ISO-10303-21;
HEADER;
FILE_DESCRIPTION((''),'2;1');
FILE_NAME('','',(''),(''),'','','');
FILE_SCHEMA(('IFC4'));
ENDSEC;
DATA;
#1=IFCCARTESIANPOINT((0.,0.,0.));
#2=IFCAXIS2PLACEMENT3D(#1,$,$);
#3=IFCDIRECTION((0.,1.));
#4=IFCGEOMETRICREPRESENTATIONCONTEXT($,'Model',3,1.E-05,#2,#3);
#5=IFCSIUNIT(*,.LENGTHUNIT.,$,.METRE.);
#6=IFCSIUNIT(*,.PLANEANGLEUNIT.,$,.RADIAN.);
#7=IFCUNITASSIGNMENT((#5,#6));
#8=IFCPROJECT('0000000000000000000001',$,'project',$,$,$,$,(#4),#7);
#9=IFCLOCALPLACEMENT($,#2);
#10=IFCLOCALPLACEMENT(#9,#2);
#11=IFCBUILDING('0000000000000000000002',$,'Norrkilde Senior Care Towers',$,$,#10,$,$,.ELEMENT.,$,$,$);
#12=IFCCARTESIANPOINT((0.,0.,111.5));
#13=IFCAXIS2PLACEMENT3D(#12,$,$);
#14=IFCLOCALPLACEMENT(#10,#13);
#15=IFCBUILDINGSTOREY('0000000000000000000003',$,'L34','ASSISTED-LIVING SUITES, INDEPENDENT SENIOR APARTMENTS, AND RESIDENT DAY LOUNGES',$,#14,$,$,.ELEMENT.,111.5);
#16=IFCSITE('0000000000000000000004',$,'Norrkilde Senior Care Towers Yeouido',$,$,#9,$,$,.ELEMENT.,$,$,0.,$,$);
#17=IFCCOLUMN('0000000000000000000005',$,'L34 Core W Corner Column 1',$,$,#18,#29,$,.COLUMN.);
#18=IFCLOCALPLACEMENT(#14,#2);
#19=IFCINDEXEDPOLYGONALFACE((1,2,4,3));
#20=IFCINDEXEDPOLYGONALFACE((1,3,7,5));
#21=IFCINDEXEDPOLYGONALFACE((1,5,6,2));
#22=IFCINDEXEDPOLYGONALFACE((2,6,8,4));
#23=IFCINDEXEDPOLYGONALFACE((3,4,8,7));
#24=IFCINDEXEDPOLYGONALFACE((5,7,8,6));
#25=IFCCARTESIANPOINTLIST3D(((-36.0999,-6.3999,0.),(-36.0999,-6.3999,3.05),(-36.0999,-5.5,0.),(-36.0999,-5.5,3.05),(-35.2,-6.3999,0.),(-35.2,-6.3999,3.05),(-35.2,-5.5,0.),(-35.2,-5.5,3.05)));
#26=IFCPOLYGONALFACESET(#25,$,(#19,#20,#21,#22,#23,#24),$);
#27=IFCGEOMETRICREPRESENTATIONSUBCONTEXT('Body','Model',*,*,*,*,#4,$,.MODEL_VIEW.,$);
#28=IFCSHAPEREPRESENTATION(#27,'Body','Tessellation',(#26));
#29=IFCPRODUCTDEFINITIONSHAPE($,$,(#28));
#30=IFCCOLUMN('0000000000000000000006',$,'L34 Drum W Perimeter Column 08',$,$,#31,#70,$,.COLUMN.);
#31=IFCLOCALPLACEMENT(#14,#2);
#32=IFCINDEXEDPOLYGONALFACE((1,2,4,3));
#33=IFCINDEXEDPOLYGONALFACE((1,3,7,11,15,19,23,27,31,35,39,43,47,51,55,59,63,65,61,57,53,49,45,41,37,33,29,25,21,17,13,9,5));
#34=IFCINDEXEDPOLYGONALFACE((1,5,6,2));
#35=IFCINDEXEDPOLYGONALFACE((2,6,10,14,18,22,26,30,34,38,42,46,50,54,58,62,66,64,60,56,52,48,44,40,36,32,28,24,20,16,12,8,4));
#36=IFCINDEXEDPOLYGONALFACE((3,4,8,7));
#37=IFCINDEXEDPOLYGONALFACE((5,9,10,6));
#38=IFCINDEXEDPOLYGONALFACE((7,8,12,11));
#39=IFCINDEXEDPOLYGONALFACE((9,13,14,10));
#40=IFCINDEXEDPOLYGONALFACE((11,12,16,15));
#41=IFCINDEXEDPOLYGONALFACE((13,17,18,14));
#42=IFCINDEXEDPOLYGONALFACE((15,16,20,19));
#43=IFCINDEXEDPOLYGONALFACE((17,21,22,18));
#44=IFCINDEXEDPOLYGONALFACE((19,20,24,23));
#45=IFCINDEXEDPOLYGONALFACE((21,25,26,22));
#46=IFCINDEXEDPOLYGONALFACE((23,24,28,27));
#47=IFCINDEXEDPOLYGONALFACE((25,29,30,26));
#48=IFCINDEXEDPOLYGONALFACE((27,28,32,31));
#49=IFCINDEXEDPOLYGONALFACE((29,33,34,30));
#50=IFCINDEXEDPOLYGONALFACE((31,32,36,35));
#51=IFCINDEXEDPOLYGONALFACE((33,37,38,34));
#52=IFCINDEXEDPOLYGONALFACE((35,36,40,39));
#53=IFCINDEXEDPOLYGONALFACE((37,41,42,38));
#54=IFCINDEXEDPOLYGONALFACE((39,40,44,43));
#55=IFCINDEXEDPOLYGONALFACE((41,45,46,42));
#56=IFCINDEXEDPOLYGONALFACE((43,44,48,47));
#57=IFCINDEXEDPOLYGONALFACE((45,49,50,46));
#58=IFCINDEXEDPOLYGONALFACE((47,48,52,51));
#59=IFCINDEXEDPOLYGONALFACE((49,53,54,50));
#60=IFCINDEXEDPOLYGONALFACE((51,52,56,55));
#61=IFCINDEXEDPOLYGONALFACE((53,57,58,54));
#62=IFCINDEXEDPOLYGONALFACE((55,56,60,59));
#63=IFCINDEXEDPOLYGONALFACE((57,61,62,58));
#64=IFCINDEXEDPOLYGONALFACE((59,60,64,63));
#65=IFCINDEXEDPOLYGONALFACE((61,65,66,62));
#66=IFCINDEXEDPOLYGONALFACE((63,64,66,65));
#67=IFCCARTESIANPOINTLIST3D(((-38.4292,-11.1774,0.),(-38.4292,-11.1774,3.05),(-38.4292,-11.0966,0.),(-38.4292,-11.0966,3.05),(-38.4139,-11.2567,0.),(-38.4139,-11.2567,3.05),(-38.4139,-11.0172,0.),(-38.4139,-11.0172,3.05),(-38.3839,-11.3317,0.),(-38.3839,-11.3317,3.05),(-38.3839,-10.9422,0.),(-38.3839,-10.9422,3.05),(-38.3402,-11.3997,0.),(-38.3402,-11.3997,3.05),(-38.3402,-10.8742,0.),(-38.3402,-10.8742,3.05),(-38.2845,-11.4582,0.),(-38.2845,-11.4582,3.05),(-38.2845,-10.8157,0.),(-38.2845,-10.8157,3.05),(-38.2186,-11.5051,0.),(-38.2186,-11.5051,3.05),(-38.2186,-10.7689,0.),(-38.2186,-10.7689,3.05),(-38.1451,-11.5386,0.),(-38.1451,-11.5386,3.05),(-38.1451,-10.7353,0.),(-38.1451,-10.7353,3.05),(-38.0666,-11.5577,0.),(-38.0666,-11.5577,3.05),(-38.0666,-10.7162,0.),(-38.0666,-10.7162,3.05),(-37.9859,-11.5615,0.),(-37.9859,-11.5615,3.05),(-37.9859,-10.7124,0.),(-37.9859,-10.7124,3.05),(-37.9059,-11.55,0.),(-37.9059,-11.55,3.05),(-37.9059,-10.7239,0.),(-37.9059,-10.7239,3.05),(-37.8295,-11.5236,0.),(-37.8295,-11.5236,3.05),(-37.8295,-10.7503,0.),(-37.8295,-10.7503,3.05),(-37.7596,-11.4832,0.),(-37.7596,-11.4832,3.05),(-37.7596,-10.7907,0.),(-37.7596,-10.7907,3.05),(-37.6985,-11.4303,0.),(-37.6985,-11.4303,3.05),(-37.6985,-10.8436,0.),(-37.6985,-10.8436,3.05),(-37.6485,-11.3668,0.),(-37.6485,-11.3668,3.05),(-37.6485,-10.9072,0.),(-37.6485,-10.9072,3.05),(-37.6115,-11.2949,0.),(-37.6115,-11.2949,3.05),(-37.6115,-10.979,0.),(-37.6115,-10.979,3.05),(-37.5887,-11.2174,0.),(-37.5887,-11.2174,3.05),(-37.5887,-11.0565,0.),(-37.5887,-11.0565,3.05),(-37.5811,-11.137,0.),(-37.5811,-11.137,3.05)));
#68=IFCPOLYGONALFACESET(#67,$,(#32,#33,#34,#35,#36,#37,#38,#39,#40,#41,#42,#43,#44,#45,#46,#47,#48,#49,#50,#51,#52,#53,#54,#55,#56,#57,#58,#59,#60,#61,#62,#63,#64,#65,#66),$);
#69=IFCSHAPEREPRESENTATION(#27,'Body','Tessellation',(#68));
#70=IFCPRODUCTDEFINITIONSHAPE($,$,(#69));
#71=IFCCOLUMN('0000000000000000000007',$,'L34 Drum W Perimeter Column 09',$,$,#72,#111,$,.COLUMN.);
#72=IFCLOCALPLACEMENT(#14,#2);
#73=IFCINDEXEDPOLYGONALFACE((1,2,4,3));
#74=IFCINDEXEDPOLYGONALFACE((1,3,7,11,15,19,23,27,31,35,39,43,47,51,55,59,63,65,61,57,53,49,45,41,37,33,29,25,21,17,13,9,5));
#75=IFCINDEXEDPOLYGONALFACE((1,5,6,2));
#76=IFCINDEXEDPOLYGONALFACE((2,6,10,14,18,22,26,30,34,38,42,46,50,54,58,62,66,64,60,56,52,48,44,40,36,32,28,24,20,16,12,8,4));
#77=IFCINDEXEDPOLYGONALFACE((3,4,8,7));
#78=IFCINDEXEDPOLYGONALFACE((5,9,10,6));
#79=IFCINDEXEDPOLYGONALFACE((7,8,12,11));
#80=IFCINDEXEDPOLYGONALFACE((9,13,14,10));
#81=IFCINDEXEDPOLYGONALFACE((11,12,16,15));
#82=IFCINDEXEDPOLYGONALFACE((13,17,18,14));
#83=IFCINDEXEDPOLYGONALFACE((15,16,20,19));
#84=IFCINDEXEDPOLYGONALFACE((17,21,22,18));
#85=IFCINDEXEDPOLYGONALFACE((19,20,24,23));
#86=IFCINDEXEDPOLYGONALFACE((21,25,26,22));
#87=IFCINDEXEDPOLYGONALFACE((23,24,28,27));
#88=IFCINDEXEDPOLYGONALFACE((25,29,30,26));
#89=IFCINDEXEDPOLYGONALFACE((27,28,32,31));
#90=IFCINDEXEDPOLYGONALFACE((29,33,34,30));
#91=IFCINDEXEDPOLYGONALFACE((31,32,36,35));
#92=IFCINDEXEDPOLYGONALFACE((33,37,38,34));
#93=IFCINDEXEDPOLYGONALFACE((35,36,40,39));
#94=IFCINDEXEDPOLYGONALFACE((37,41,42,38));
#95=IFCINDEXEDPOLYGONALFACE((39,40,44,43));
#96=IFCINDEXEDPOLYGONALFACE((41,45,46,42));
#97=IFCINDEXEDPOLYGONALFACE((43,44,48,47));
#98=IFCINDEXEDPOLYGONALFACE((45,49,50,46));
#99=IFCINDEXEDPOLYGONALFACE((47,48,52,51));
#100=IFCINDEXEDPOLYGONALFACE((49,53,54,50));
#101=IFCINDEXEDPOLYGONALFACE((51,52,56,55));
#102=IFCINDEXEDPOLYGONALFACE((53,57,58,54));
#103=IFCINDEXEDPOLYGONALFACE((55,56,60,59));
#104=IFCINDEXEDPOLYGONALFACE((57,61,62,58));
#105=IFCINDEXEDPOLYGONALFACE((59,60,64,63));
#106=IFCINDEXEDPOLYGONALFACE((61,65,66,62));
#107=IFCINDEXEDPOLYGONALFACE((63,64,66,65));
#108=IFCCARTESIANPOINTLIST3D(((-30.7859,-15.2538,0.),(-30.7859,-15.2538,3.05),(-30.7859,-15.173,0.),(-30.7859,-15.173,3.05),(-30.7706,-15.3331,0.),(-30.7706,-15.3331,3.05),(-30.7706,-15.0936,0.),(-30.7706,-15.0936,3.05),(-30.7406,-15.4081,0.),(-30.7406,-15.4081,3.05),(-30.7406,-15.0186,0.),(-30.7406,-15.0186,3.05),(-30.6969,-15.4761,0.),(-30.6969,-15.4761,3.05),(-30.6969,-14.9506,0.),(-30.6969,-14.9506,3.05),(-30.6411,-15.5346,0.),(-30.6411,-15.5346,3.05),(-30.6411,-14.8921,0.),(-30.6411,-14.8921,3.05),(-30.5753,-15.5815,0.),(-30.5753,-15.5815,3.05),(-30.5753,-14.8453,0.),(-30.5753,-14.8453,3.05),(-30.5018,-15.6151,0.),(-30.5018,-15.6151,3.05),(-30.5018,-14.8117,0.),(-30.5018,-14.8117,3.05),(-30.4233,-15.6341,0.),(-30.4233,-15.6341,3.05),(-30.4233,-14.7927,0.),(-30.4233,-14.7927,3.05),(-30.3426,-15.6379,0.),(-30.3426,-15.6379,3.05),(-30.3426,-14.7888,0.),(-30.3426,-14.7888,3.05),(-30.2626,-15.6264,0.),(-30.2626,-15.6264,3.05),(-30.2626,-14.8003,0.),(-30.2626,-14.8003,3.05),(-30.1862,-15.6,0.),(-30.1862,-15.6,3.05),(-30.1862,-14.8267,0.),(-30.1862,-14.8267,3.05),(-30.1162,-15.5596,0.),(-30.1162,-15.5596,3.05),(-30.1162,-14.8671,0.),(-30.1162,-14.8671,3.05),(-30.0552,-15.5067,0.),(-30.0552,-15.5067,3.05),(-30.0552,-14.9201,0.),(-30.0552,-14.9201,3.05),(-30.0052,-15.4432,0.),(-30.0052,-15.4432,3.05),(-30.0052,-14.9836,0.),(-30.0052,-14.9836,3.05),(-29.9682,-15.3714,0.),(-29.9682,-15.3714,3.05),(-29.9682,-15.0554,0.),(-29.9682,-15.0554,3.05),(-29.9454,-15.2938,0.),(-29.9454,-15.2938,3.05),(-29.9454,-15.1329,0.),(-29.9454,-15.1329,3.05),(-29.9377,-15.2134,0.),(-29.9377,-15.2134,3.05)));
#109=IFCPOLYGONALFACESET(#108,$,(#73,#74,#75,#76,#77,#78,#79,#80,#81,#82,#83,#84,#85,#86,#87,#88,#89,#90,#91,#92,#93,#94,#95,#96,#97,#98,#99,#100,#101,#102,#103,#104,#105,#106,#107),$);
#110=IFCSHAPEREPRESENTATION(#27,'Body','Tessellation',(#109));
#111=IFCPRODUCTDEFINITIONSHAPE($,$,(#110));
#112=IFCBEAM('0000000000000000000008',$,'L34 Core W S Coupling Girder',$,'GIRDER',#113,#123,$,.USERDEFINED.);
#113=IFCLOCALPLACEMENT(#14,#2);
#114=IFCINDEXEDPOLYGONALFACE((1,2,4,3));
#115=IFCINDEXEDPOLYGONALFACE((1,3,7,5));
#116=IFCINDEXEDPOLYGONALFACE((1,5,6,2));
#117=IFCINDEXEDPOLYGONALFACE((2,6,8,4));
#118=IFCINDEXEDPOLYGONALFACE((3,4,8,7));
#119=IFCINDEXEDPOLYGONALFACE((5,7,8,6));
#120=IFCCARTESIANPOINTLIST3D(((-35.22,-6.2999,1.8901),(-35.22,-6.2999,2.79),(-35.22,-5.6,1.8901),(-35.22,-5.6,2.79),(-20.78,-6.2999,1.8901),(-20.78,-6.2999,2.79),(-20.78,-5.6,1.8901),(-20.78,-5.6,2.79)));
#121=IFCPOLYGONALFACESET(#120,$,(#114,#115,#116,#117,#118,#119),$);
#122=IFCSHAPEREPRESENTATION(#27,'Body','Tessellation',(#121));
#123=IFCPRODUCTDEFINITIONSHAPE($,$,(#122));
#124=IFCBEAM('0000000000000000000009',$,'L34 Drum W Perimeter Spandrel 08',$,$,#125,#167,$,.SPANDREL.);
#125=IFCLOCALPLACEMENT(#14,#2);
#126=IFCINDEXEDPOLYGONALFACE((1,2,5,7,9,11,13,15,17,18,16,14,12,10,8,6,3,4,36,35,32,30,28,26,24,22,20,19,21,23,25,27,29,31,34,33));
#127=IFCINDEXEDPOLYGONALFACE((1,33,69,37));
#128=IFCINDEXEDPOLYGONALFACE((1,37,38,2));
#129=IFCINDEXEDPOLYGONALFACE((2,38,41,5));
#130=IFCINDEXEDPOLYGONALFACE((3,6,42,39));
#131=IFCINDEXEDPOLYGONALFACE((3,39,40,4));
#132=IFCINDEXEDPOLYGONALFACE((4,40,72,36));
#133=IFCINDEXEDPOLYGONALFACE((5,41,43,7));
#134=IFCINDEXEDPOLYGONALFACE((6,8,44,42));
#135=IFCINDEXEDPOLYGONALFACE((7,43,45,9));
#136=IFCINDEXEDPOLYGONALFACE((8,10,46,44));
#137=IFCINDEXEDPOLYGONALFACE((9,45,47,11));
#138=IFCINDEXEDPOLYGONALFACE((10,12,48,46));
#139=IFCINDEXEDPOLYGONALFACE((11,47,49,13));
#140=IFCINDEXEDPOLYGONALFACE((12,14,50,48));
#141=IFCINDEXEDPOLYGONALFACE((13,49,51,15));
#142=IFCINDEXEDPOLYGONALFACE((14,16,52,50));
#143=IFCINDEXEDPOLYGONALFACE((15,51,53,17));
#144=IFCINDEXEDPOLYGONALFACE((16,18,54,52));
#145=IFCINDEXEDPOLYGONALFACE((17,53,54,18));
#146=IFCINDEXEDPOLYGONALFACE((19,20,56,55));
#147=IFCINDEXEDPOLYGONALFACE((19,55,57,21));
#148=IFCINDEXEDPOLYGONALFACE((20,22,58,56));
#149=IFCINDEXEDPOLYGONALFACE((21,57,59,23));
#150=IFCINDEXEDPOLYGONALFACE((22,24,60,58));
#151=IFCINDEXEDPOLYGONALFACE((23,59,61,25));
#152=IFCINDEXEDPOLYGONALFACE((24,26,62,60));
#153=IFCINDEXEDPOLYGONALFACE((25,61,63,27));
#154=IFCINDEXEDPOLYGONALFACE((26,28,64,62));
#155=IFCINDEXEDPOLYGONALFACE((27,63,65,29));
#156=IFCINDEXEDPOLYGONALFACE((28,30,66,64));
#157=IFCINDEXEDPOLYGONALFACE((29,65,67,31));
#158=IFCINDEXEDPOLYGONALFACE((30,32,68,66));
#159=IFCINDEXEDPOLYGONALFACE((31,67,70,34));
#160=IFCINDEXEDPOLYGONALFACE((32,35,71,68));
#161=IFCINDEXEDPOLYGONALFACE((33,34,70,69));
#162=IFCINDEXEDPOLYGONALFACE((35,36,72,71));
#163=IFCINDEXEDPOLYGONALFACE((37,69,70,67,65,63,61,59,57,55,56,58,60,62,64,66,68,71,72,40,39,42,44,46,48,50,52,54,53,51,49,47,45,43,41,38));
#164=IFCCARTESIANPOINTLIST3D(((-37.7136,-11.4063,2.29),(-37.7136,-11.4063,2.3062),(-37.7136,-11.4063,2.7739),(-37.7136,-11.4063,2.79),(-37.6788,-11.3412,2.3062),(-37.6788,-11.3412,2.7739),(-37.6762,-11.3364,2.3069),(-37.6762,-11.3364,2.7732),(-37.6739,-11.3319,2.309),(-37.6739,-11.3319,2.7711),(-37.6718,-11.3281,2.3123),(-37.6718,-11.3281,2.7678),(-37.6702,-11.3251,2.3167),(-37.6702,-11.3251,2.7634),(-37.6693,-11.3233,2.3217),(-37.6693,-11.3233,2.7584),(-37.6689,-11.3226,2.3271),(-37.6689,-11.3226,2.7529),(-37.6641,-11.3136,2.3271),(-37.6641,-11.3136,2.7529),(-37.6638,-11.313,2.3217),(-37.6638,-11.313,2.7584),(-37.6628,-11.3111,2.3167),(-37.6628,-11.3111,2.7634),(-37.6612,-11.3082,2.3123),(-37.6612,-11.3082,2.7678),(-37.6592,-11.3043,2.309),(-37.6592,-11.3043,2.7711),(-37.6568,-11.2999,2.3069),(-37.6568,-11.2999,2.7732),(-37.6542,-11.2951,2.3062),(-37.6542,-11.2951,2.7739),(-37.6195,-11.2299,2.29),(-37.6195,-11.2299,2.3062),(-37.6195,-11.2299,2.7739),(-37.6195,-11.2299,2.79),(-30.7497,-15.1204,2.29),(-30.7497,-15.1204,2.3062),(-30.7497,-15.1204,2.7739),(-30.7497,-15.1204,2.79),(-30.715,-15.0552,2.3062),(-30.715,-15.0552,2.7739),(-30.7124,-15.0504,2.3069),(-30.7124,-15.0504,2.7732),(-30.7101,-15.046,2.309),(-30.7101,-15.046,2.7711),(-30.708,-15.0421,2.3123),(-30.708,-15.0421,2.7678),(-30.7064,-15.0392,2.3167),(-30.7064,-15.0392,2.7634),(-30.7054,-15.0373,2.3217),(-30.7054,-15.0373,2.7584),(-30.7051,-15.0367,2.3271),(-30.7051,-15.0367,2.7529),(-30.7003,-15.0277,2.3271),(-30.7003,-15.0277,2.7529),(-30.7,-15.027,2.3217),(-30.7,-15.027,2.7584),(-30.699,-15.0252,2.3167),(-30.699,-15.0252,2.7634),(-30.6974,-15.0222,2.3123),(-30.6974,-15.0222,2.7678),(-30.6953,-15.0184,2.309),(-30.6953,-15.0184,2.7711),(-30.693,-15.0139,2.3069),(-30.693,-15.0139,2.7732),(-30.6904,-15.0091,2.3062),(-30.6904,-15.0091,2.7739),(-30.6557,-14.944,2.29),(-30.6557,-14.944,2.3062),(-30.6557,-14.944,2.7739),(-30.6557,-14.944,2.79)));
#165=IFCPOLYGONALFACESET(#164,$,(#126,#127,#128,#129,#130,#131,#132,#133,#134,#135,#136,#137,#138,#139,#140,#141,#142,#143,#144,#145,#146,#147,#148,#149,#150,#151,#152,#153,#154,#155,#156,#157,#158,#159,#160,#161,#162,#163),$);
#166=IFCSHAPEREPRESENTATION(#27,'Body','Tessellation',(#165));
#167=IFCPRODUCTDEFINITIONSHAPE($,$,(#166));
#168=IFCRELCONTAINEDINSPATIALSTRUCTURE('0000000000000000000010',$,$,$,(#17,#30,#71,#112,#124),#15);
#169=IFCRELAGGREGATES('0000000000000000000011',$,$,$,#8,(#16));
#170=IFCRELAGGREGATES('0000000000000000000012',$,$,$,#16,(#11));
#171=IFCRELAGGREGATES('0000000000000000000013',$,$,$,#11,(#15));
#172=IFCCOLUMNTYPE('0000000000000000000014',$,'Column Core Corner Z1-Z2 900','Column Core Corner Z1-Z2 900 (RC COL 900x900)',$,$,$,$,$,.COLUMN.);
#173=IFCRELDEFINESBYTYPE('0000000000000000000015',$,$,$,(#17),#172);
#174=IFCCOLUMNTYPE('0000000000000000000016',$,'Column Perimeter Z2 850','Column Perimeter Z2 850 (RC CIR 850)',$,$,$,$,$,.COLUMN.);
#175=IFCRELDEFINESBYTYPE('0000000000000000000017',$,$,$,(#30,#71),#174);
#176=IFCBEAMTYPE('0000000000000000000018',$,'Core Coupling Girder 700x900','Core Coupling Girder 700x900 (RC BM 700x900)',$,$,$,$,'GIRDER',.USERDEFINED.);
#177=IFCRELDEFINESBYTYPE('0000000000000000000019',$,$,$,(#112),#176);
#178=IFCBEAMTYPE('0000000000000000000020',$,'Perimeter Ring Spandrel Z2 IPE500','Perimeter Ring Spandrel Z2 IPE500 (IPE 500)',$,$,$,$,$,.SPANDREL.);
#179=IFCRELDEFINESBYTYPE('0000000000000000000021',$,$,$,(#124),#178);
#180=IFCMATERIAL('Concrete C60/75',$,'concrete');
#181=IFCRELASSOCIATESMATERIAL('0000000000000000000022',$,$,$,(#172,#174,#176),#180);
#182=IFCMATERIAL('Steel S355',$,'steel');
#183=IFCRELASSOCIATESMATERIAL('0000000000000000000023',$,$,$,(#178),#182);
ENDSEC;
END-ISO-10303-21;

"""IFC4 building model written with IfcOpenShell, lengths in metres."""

from ifc_helpers import new_model, si_unit, direction, frame, origin, origin_2d, place, context, subcontext, project, spatial, rectangle, circle, i_section, extrude, source, transform, mapped, material, material_profile, profile_set, type_object, type_shapes, element, save


model = new_model("IFC4")

# Units and contexts
model_context = context("Model", 3, precision=1e-05, world=origin(), true_north=direction((0.0, 1.0)))
body_context = subcontext(model_context, "Body", "Model", "MODEL_VIEW")
ifc_project = project(units=[si_unit("LENGTHUNIT", "METRE"), si_unit("PLANEANGLEUNIT", "RADIAN")], contexts=[model_context])

# Site, building, storey
site_placement = place(None, origin())
site = spatial("IfcSite", under=ifc_project, at=site_placement, Name="Norrkilde Senior Care Towers Yeouido", CompositionType="ELEMENT", RefElevation=0.0)
building_placement = place(site_placement, origin())
building = spatial("IfcBuilding", under=site, at=building_placement, Name="Norrkilde Senior Care Towers", CompositionType="ELEMENT")
storey_placement = place(building_placement, frame((0.0, 0.0, 111.5)))
storey = spatial("IfcBuildingStorey", under=building, at=storey_placement, Name="L34", Description="ASSISTED-LIVING SUITES, INDEPENDENT SENIOR APARTMENTS, AND RESIDENT DAY LOUNGES", CompositionType="ELEMENT", Elevation=111.5)

# Columns
ifc_material_1 = material(Name="Concrete C60/75", Category="concrete")
ifc_material_profile_1 = material_profile(ifc_material_1, rectangle(XDim=0.8999, YDim=0.8999, at=origin_2d()), Name="RC COL 900x900")
ifc_profile_set_1 = profile_set([ifc_material_profile_1], Name="Concrete C60/75")
column_type_1 = type_object("IfcColumnType", Name="Column Core Corner Z1-Z2 900", Description="Column Core Corner Z1-Z2 900 (RC COL 900x900)", PredefinedType="COLUMN", material=ifc_profile_set_1)
shared_shape_1 = source(origin(), body_context, "Body", "SweptSolid", [
    extrude(rectangle(XDim=0.8999, YDim=0.8999, at=origin_2d()), origin(), (0.0, 0.0, 1.0), 3.05),
])
type_shapes(column_type_1, [shared_shape_1])
column_placement = place(storey_placement, frame((-35.6499, -5.95, 0.0), z_axis=(0.0, 0.0, 1.0), x_axis=(1.0, 0.0, 0.0)))
element("IfcColumn", 1, at=column_placement, inside=storey, type_object=column_type_1, Name="L34 Core W Corner Column 1", PredefinedType="COLUMN", context=body_context, shape_type="MappedRepresentation", body=[
    mapped(shared_shape_1, transform((0.0, 0.0, 0.0), x_axis=(1.0, 0.0, 0.0), y_axis=(0.0, 1.0, 0.0), z_axis=(0.0, 0.0, 1.0), scale=1.0)),
])
ifc_material_profile_2 = material_profile(ifc_material_1, circle(Radius=0.425, at=origin_2d()), Name="RC CIR 850")
ifc_profile_set_2 = profile_set([ifc_material_profile_2], Name="Concrete C60/75")
column_type_2 = type_object("IfcColumnType", Name="Column Perimeter Z2 850", Description="Column Perimeter Z2 850 (RC CIR 850)", PredefinedType="COLUMN", material=ifc_profile_set_2)
shared_shape_2 = source(origin(), body_context, "Body", "SweptSolid", [
    extrude(circle(Radius=0.425, at=origin_2d()), origin(), (0.0, 0.0, 1.0), 3.05),
])
type_shapes(column_type_2, [shared_shape_2])
for number, where, z_axis, x_axis, name in (
    (2, (-38.0061, -11.137, 0.0), (0.0, 0.0, 1.0), (1.0, 0.0, 0.0), "L34 Drum W Perimeter Column 08"),
    (3, (-30.3628, -15.2134, 0.0), (0.0, 0.0, 1.0), (1.0, 0.0, 0.0), "L34 Drum W Perimeter Column 09"),
):
    element("IfcColumn", number, at=place(storey_placement, frame(where, z_axis=z_axis, x_axis=x_axis)), inside=storey, type_object=column_type_2, Name=name, PredefinedType="COLUMN", context=body_context, shape_type="MappedRepresentation", body=[
        mapped(shared_shape_2, transform((0.0, 0.0, 0.0), x_axis=(1.0, 0.0, 0.0), y_axis=(0.0, 1.0, 0.0), z_axis=(0.0, 0.0, 1.0), scale=1.0)),
    ])

# Beams
ifc_material_profile_3 = material_profile(ifc_material_1, rectangle(XDim=0.7, YDim=0.8999, at=origin_2d()), Name="RC BM 700x900")
ifc_profile_set_3 = profile_set([ifc_material_profile_3], Name="Concrete C60/75")
beam_type_1 = type_object("IfcBeamType", Name="Core Coupling Girder 700x900", Description="Core Coupling Girder 700x900 (RC BM 700x900)", ElementType="GIRDER", PredefinedType="USERDEFINED", material=ifc_profile_set_3)
shared_shape_3 = source(origin(), body_context, "Body", "SweptSolid", [
    extrude(rectangle(XDim=0.7, YDim=0.8999, at=origin_2d()), origin(), (0.0, 0.0, 1.0), 14.4399),
])
type_shapes(beam_type_1, [shared_shape_3])
beam_1_placement = place(storey_placement, frame((-35.22, -5.95, 2.3401), z_axis=(1.0, 0.0, 0.0), x_axis=(0.0, 1.0, 0.0)))
element("IfcBeam", 4, at=beam_1_placement, inside=storey, type_object=beam_type_1, Name="L34 Core W S Coupling Girder", ObjectType="GIRDER", PredefinedType="USERDEFINED", context=body_context, shape_type="MappedRepresentation", body=[
    mapped(shared_shape_3, transform((0.0, 0.0, 0.0), x_axis=(1.0, 0.0, 0.0), y_axis=(0.0, 1.0, 0.0), z_axis=(0.0, 0.0, 1.0), scale=1.0)),
])
ifc_material_2 = material(Name="Steel S355", Category="steel")
ifc_material_profile_4 = material_profile(ifc_material_2, i_section(OverallWidth=0.2, OverallDepth=0.5, WebThickness=0.0103, FlangeThickness=0.0161, FilletRadius=0.021, at=origin_2d()), Name="IPE 500")
ifc_profile_set_4 = profile_set([ifc_material_profile_4], Name="Steel S355")
beam_type_2 = type_object("IfcBeamType", Name="Perimeter Ring Spandrel Z2 IPE500", Description="Perimeter Ring Spandrel Z2 IPE500 (IPE 500)", PredefinedType="SPANDREL", material=ifc_profile_set_4)
shared_shape_4 = source(origin(), body_context, "Body", "SweptSolid", [
    extrude(i_section(OverallWidth=0.2, OverallDepth=0.5, WebThickness=0.0103, FlangeThickness=0.0161, FilletRadius=0.021, at=origin_2d()), origin(), (0.0, 0.0, 1.0), 7.8923),
])
beam_2_placement = place(storey_placement, frame((-37.6665, -11.3181, 2.54), z_axis=(0.88235, -0.470593, 0.0), x_axis=(0.470593, 0.88235, 0.0)))
element("IfcBeam", 5, at=beam_2_placement, inside=storey, type_object=beam_type_2, Name="L34 Drum W Perimeter Spandrel 08", PredefinedType="SPANDREL", context=body_context, shape_type="MappedRepresentation", body=[
    mapped(shared_shape_4, transform((0.0, 0.0, 0.0), x_axis=(1.0, 0.0, 0.0), y_axis=(0.0, 1.0, 0.0), z_axis=(0.0, 0.0, 1.0), scale=1.0)),
])

save(model, "model.ifc")
